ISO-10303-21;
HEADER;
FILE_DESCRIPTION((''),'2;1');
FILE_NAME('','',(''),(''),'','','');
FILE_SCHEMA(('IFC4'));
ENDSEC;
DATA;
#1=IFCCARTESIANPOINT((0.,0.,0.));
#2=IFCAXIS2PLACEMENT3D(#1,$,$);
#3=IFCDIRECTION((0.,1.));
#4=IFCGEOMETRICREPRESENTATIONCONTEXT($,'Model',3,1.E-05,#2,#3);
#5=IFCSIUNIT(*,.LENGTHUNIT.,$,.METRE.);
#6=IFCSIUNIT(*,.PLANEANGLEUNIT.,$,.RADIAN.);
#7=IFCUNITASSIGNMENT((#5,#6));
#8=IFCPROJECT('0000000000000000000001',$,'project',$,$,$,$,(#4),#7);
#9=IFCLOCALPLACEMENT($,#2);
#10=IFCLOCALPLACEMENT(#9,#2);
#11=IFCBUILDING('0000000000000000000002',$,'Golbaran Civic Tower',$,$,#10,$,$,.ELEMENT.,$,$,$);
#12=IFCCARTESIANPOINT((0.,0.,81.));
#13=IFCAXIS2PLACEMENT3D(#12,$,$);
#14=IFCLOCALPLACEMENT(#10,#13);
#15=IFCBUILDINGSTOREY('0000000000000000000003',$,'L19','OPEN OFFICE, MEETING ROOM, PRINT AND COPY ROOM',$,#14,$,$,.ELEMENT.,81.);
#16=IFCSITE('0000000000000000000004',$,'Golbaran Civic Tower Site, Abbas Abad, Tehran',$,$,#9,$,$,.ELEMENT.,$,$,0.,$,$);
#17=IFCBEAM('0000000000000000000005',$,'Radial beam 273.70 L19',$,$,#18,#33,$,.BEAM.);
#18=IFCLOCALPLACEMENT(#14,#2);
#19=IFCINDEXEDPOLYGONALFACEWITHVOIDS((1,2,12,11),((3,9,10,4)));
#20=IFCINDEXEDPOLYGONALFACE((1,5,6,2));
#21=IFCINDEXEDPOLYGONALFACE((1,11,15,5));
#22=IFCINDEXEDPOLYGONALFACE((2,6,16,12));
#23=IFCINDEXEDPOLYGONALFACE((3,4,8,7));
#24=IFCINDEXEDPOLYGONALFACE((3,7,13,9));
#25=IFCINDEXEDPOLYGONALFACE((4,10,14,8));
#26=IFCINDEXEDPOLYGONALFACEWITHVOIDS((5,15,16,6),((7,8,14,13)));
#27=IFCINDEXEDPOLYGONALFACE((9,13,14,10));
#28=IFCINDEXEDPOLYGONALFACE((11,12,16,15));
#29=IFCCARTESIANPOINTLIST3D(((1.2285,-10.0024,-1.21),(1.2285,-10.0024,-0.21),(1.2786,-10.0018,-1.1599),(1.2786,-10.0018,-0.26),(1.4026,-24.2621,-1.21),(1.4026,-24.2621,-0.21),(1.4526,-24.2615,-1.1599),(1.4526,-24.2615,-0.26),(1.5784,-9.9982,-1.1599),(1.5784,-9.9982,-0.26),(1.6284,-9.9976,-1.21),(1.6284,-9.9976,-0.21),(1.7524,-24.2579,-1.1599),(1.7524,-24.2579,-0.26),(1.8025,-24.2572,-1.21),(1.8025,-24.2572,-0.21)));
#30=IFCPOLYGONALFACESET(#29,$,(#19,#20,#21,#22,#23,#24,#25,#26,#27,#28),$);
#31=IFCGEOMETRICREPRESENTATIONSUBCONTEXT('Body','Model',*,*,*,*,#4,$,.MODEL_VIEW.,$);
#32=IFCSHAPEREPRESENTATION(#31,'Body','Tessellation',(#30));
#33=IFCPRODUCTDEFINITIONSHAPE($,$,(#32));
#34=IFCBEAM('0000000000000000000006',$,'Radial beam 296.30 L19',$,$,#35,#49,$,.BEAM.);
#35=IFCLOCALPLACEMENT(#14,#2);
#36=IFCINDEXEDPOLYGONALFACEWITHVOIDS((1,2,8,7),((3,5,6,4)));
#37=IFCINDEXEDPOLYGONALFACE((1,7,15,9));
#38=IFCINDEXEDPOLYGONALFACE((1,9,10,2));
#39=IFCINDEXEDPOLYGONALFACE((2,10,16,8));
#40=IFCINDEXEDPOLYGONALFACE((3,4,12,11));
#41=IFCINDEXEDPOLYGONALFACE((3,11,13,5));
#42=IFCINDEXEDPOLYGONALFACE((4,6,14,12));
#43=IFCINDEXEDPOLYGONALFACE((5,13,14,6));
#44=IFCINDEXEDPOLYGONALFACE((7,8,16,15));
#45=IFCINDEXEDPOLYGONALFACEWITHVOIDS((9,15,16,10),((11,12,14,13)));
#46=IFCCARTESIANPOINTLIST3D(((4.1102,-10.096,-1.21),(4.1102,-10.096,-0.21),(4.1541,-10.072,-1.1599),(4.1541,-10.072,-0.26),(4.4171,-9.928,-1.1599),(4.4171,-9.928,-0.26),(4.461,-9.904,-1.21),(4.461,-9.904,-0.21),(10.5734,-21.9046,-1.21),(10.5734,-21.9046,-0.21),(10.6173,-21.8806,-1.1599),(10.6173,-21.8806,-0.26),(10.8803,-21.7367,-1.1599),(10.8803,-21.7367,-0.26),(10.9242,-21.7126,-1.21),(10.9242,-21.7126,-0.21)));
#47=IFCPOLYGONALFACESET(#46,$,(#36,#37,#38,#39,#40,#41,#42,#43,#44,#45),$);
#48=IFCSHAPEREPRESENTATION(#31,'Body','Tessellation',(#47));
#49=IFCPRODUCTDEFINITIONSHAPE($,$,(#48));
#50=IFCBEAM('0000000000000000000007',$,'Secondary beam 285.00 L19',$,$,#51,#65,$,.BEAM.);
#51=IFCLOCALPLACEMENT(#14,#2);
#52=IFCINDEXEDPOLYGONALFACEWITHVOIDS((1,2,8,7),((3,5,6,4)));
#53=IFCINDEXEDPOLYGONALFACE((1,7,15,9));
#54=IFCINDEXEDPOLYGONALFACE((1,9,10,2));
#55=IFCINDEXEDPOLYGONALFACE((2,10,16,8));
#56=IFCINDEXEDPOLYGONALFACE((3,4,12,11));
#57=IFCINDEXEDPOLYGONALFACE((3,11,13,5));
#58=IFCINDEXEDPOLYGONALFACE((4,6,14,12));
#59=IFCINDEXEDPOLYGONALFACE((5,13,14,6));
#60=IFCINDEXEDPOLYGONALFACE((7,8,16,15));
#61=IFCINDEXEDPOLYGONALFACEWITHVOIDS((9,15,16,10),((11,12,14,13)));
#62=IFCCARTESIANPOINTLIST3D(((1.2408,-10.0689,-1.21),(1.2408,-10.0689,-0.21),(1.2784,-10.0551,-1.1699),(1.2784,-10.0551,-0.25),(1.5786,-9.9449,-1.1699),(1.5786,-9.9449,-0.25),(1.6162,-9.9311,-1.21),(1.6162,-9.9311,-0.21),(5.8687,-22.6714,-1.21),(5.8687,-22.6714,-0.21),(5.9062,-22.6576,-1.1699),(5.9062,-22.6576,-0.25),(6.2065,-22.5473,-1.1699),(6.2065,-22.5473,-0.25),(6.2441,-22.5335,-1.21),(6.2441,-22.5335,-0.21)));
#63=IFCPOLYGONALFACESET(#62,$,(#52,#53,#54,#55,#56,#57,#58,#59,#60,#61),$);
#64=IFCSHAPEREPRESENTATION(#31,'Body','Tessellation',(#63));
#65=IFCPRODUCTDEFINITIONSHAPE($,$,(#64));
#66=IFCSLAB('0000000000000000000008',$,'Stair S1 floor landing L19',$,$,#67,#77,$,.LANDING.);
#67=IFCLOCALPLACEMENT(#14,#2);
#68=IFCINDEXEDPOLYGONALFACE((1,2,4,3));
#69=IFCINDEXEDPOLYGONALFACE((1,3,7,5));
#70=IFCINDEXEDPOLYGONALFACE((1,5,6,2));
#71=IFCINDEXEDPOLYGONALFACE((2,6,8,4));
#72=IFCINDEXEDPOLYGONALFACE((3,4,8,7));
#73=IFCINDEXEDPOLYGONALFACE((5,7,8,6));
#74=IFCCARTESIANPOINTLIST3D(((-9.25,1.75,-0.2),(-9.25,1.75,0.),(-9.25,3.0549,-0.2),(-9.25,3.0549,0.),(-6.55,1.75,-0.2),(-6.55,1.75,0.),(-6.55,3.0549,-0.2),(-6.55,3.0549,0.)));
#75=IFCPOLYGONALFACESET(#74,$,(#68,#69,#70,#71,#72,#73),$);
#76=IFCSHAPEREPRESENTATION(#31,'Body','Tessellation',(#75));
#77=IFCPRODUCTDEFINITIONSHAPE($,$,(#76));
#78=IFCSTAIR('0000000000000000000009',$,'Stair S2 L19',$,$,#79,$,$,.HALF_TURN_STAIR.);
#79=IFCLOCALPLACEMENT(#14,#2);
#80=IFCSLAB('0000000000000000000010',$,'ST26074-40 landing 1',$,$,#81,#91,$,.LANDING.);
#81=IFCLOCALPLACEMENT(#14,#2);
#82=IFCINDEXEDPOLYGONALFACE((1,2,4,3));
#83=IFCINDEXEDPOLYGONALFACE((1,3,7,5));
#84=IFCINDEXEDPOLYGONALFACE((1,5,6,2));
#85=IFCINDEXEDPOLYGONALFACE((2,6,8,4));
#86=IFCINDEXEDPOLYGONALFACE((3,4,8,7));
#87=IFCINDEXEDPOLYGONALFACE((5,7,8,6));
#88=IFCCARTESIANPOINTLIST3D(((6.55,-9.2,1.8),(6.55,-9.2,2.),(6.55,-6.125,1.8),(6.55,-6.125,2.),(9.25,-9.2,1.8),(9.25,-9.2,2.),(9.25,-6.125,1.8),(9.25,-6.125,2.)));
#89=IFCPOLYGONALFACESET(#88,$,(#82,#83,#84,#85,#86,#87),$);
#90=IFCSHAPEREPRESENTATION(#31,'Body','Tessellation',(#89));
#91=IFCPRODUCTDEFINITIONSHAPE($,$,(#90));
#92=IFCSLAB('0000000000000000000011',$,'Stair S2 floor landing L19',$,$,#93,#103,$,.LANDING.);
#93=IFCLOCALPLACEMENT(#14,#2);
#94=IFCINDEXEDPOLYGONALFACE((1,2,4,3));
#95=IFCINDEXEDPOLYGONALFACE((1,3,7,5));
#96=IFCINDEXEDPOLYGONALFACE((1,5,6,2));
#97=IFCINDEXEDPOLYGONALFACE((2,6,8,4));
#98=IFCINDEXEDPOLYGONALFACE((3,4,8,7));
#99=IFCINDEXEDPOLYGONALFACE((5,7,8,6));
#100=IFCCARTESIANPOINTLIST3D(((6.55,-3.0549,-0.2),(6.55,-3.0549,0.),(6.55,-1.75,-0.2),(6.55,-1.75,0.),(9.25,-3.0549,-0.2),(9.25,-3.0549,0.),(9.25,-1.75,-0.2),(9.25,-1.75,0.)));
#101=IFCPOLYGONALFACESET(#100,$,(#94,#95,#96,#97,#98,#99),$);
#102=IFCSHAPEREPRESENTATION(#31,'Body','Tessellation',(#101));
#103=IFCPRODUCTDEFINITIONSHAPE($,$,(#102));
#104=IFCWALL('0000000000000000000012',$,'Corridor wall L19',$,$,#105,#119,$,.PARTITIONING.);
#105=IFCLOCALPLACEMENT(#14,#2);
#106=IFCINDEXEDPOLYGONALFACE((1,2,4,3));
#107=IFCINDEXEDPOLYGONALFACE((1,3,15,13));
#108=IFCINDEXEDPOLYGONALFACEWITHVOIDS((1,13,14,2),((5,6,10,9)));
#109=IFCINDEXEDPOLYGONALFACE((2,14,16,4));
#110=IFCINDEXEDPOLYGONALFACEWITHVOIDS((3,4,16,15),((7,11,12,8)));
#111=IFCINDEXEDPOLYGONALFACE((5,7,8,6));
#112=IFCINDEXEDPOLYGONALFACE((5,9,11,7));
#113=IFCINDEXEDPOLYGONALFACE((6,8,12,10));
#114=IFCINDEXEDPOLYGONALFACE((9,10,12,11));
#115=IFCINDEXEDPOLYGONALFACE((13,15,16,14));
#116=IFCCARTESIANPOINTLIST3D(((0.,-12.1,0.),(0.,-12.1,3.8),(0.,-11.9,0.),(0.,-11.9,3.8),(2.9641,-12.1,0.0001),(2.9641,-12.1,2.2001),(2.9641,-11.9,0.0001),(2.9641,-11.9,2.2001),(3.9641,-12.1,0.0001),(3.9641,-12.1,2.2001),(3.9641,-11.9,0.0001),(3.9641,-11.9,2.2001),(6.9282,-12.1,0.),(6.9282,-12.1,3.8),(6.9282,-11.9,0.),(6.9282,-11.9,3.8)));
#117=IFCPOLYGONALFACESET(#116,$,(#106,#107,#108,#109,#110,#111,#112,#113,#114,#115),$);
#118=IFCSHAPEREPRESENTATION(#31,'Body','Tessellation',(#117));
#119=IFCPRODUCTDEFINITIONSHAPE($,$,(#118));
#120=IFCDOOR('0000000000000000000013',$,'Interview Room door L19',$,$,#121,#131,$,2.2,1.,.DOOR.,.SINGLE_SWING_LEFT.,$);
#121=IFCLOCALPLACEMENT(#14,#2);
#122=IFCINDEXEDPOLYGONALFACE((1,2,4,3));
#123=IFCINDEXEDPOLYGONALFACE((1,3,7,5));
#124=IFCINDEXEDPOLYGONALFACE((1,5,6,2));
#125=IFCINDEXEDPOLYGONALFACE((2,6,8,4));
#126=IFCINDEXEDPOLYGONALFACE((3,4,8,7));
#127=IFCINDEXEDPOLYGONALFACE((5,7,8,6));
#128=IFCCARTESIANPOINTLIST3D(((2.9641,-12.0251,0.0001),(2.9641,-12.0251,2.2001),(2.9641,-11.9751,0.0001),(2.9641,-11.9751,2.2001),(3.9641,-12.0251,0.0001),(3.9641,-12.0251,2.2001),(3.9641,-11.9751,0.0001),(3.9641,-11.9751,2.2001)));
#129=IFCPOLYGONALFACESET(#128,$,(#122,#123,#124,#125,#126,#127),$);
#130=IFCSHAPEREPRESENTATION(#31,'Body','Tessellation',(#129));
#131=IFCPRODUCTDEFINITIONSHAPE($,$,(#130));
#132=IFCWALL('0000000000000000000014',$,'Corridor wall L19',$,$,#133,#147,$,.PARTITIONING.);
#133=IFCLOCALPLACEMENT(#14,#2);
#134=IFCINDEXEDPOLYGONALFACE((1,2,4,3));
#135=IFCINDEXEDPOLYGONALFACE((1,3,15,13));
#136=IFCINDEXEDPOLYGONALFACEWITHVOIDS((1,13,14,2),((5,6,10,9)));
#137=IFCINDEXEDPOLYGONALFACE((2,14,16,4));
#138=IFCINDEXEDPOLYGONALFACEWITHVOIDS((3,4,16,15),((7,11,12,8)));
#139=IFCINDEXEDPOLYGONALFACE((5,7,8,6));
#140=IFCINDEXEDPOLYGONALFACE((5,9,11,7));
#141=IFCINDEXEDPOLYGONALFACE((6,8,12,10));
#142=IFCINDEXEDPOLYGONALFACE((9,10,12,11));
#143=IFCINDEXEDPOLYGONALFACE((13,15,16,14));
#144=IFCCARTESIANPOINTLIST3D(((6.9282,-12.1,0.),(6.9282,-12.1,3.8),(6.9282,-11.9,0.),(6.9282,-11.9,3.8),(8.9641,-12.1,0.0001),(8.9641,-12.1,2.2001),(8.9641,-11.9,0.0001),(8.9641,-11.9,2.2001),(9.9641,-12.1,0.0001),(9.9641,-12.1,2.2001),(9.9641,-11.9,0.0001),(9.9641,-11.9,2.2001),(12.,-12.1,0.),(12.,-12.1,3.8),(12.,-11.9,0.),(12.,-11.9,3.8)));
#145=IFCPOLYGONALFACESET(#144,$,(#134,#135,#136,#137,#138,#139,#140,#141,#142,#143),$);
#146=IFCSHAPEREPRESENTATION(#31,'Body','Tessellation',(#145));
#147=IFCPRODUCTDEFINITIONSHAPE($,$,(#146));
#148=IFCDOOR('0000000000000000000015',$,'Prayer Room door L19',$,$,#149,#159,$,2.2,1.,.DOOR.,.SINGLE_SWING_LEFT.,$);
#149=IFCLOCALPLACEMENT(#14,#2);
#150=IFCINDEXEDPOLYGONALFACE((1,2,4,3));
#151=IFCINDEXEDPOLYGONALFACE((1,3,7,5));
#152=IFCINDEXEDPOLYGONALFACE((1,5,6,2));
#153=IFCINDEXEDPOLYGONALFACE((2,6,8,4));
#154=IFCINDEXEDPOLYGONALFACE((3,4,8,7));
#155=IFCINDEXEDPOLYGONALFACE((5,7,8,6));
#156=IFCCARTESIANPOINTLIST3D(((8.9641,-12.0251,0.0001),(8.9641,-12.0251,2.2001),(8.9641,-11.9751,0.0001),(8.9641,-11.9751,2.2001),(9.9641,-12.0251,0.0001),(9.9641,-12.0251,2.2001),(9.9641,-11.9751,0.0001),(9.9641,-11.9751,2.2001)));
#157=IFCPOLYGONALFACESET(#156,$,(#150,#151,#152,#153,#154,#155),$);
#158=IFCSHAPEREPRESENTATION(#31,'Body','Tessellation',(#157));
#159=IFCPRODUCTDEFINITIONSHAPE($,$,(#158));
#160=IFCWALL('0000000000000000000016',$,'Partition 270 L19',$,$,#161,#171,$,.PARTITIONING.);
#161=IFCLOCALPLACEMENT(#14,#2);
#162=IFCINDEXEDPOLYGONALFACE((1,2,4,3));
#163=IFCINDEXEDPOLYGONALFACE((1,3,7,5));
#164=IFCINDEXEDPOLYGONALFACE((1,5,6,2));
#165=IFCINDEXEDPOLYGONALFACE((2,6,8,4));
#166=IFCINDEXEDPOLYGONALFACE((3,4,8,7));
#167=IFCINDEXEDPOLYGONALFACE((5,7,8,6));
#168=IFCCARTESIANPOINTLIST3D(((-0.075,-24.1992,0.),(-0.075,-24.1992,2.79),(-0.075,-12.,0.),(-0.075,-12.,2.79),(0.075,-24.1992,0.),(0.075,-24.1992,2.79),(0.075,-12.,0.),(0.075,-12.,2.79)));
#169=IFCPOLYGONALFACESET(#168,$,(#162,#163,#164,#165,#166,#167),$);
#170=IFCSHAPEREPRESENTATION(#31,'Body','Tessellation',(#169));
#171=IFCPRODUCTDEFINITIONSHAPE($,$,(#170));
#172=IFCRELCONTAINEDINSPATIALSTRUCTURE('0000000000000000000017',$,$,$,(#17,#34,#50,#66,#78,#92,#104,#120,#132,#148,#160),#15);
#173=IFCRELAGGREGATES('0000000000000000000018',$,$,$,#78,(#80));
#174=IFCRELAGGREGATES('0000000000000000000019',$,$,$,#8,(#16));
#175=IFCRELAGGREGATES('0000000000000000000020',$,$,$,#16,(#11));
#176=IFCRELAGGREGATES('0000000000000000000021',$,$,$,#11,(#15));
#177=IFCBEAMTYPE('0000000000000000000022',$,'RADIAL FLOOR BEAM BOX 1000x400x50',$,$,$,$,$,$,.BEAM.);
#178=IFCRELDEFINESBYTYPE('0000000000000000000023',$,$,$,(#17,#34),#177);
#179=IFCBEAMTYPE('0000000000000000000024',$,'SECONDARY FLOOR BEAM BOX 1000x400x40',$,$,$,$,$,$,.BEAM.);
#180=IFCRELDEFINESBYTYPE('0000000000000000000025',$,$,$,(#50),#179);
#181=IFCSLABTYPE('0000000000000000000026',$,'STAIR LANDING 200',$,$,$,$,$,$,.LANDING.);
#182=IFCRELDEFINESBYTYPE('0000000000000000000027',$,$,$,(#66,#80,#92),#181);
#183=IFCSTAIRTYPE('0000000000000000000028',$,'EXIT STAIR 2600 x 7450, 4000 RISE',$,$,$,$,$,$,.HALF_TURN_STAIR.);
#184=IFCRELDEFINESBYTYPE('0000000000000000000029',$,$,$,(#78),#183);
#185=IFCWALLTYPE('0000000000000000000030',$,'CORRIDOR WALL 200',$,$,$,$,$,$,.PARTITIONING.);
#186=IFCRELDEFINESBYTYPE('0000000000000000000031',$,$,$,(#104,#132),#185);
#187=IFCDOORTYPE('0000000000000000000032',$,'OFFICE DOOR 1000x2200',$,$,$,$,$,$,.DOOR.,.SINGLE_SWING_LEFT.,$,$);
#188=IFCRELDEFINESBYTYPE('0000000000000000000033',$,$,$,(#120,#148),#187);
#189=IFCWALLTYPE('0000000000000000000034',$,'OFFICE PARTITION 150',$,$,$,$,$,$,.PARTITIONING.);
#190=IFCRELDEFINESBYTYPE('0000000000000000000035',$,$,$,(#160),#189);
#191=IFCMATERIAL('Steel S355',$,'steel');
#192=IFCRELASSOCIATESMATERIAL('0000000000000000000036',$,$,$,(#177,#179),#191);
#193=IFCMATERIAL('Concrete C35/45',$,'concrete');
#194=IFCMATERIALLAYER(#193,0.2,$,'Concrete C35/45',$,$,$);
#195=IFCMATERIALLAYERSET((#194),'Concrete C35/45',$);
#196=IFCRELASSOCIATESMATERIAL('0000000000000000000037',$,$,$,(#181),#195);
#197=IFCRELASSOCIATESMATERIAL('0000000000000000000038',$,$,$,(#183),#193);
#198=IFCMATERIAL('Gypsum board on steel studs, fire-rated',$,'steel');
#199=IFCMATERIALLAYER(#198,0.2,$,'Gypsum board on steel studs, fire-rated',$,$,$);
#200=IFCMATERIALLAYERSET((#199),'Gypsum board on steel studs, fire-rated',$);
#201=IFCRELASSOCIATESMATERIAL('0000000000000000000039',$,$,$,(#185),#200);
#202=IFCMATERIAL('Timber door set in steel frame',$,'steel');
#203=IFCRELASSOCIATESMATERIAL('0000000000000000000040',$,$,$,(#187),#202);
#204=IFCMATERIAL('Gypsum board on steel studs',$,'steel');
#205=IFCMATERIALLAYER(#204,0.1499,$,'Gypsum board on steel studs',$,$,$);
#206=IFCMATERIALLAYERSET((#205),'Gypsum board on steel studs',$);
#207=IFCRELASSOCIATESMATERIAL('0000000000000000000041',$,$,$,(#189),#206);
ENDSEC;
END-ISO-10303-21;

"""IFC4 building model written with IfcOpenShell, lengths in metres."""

from ifc_helpers import new_model, si_unit, direction, frame, frame_2d, origin, origin_2d, place, context, subcontext, project, spatial, polyline, rectangle, hollow_rectangle, outline, extrude, material, layer, layer_set, material_profile, profile_set, type_object, element, fill, aggregate, save


model = new_model("IFC4")

# Units and contexts
model_context = context("Model", 3, precision=1e-05, world=origin(), true_north=direction((0.0, 1.0)))
body_context = subcontext(model_context, "Body", "Model", "MODEL_VIEW")
ifc_project = project(units=[si_unit("LENGTHUNIT", "METRE"), si_unit("PLANEANGLEUNIT", "RADIAN")], contexts=[model_context])

# Site, building, storey
site_placement = place(None, origin())
site = spatial("IfcSite", under=ifc_project, at=site_placement, Name="Golbaran Civic Tower Site, Abbas Abad, Tehran", CompositionType="ELEMENT", RefElevation=0.0)
building_placement = place(site_placement, origin())
building = spatial("IfcBuilding", under=site, at=building_placement, Name="Golbaran Civic Tower", CompositionType="ELEMENT")
storey_placement = place(building_placement, frame((0.0, 0.0, 81.0)))
storey = spatial("IfcBuildingStorey", under=building, at=storey_placement, Name="L19", Description="OPEN OFFICE, MEETING ROOM, PRINT AND COPY ROOM", CompositionType="ELEMENT", Elevation=81.0)

# Beams
ifc_material_1 = material(Name="Steel S355", Category="steel")
ifc_material_profile_1 = material_profile(ifc_material_1, hollow_rectangle(XDim=0.3999, YDim=1.0, WallThickness=0.05, at=origin_2d()), Name="BOX 1000x400x50")
ifc_profile_set_1 = profile_set([ifc_material_profile_1], Name="Steel S355")
beam_type_1 = type_object("IfcBeamType", Name="RADIAL FLOOR BEAM BOX 1000x400x50", PredefinedType="BEAM", material=ifc_profile_set_1)
beam_1_placement = place(storey_placement, frame((1.4285, -10.0, -0.71), z_axis=(0.012206, -0.999926, 0.0), x_axis=(0.999926, 0.012206, 0.0)))
element("IfcBeam", 1, at=beam_1_placement, inside=storey, type_object=beam_type_1, Name="Radial beam 273.70 L19", PredefinedType="BEAM", context=body_context, shape_type="SweptSolid", body=[
    extrude(hollow_rectangle(XDim=0.3999, YDim=1.0, WallThickness=0.05, at=origin_2d()), origin(), (0.0, 0.0, 1.0), 14.2607),
])
beam_2_placement = place(storey_placement, frame((4.2856, -10.0, -0.71), z_axis=(0.480116, -0.877205, 0.0), x_axis=(0.877205, 0.480116, 0.0)))
element("IfcBeam", 2, at=beam_2_placement, inside=storey, type_object=beam_type_1, Name="Radial beam 296.30 L19", PredefinedType="BEAM", context=body_context, shape_type="SweptSolid", body=[
    extrude(hollow_rectangle(XDim=0.3999, YDim=1.0, WallThickness=0.05, at=origin_2d()), origin(), (0.0, 0.0, 1.0), 13.4617),
])
ifc_material_profile_2 = material_profile(ifc_material_1, hollow_rectangle(XDim=0.3999, YDim=1.0, WallThickness=0.04, at=origin_2d()), Name="BOX 1000x400x40")
ifc_profile_set_2 = profile_set([ifc_material_profile_2], Name="Steel S355")
beam_type_2 = type_object("IfcBeamType", Name="SECONDARY FLOOR BEAM BOX 1000x400x40", PredefinedType="BEAM", material=ifc_profile_set_2)
beam_3_placement = place(storey_placement, frame((1.4285, -10.0, -0.71), z_axis=(0.344714, -0.938708, 0.0), x_axis=(0.938708, 0.344714, 0.0)))
element("IfcBeam", 3, at=beam_3_placement, inside=storey, type_object=beam_type_2, Name="Secondary beam 285.00 L19", PredefinedType="BEAM", context=body_context, shape_type="SweptSolid", body=[
    extrude(hollow_rectangle(XDim=0.3999, YDim=1.0, WallThickness=0.04, at=origin_2d()), origin(), (0.0, 0.0, 1.0), 13.4253),
])

# Slab
ifc_material_2 = material(Name="Concrete C35/45", Category="concrete")
ifc_layer_1 = layer(ifc_material_2, 0.2, Name="Concrete C35/45")
ifc_layer_set_1 = layer_set([ifc_layer_1], Name="Concrete C35/45")
slab_type = type_object("IfcSlabType", Name="STAIR LANDING 200", PredefinedType="LANDING", material=ifc_layer_set_1)
slab_1_placement = place(storey_placement, frame((0.0, 0.0, -0.2)))
element("IfcSlab", 4, at=slab_1_placement, inside=storey, type_object=slab_type, Name="Stair S1 floor landing L19", PredefinedType="LANDING", context=body_context, shape_type="SweptSolid", body=[
    extrude(outline(polyline([(-9.25, 1.75), (-9.25, 3.0549), (-6.55, 3.0549), (-6.55, 1.75), (-9.25, 1.75)])), origin(), (0.0, 0.0, 1.0), 0.2),
])

# Stair, slab
stair_type = type_object("IfcStairType", Name="EXIT STAIR 2600 x 7450, 4000 RISE", PredefinedType="HALF_TURN_STAIR", material=ifc_material_2)
stair_placement = place(storey_placement, origin())
stair = element("IfcStair", 5, at=stair_placement, inside=storey, type_object=stair_type, Name="Stair S2 L19", PredefinedType="HALF_TURN_STAIR")
slab_2_placement = place(storey_placement, frame((0.0, 0.0, 1.8)))
slab_2 = element("IfcSlab", 6, at=slab_2_placement, type_object=slab_type, Name="ST26074-40 landing 1", PredefinedType="LANDING", context=body_context, shape_type="SweptSolid", body=[
    extrude(outline(polyline([(9.25, -6.125), (9.25, -9.2), (6.55, -9.2), (6.55, -6.125), (9.25, -6.125)])), origin(), (0.0, 0.0, 1.0), 0.2),
])
aggregate(stair, [slab_2])

# Slab
slab_3_placement = place(storey_placement, frame((0.0, 0.0, -0.2)))
element("IfcSlab", 7, at=slab_3_placement, inside=storey, type_object=slab_type, Name="Stair S2 floor landing L19", PredefinedType="LANDING", context=body_context, shape_type="SweptSolid", body=[
    extrude(outline(polyline([(9.25, -1.75), (9.25, -3.0549), (6.55, -3.0549), (6.55, -1.75), (9.25, -1.75)])), origin(), (0.0, 0.0, 1.0), 0.2),
])

# Walls, openings, doors
ifc_material_3 = material(Name="Gypsum board on steel studs, fire-rated", Category="steel")
ifc_layer_2 = layer(ifc_material_3, 0.2, Name="Gypsum board on steel studs, fire-rated")
ifc_layer_set_2 = layer_set([ifc_layer_2], Name="Gypsum board on steel studs, fire-rated")
wall_type_1 = type_object("IfcWallType", Name="CORRIDOR WALL 200", PredefinedType="PARTITIONING", material=ifc_layer_set_2)
wall_1_placement = place(storey_placement, frame((0.0, -12.0, 0.0), z_axis=(0.0, 0.0, 1.0), x_axis=(1.0, 0.0, 0.0)))
wall_1 = element("IfcWall", 8, at=wall_1_placement, inside=storey, type_object=wall_type_1, Name="Corridor wall L19", PredefinedType="PARTITIONING", context=body_context, shape_type="SweptSolid", body=[
    extrude(rectangle(XDim=6.9282, YDim=0.2, at=frame_2d((3.4641, 0.0))), origin(), (0.0, 0.0, 1.0), 3.8),
])
opening_1_placement = place(wall_1_placement, frame((2.9641, 0.0, 0.0)))
opening_1 = element("IfcOpeningElement", 9, at=opening_1_placement, cuts=wall_1, PredefinedType="OPENING", context=body_context, shape_type="SweptSolid", body=[
    extrude(rectangle(XDim=1.0, YDim=2.2, at=frame_2d((0.5, 1.1001))), frame((0.0, 0.1099, 0.0), z_axis=(0.0, -1.0, 0.0), x_axis=(1.0, 0.0, 0.0)), (0.0, 0.0, 1.0), 0.22),
])
ifc_material_4 = material(Name="Timber door set in steel frame", Category="steel")
door_type_1 = type_object("IfcDoorType", Name="OFFICE DOOR 1000x2200", OperationType="SINGLE_SWING_LEFT", PredefinedType="DOOR", material=ifc_material_4)
door_1_placement = place(opening_1_placement, origin())
door_1 = element("IfcDoor", 10, at=door_1_placement, inside=storey, type_object=door_type_1, Name="Interview Room door L19", OperationType="SINGLE_SWING_LEFT", OverallHeight=2.2, OverallWidth=1.0, PredefinedType="DOOR", context=body_context, shape_type="SweptSolid", body=[
    extrude(rectangle(XDim=1.0, YDim=2.2, at=frame_2d((0.5, 1.1001))), frame((0.0, 0.0249, 0.0), z_axis=(0.0, -1.0, 0.0), x_axis=(1.0, 0.0, 0.0)), (0.0, 0.0, 1.0), 0.05),
])
fill(opening_1, door_1)
wall_2_placement = place(storey_placement, frame((6.9282, -12.0, 0.0), z_axis=(0.0, 0.0, 1.0), x_axis=(1.0, 0.0, 0.0)))
wall_2 = element("IfcWall", 11, at=wall_2_placement, inside=storey, type_object=wall_type_1, Name="Corridor wall L19", PredefinedType="PARTITIONING", context=body_context, shape_type="SweptSolid", body=[
    extrude(rectangle(XDim=5.0718, YDim=0.2, at=frame_2d((2.5359, 0.0))), origin(), (0.0, 0.0, 1.0), 3.8),
])
opening_2_placement = place(wall_2_placement, frame((2.0359, 0.0, 0.0)))
opening_2 = element("IfcOpeningElement", 12, at=opening_2_placement, cuts=wall_2, PredefinedType="OPENING", context=body_context, shape_type="SweptSolid", body=[
    extrude(rectangle(XDim=1.0, YDim=2.2, at=frame_2d((0.5, 1.1001))), frame((0.0, 0.1099, 0.0), z_axis=(0.0, -1.0, 0.0), x_axis=(1.0, 0.0, 0.0)), (0.0, 0.0, 1.0), 0.22),
])
door_2_placement = place(opening_2_placement, origin())
door_2 = element("IfcDoor", 13, at=door_2_placement, inside=storey, type_object=door_type_1, Name="Prayer Room door L19", OperationType="SINGLE_SWING_LEFT", OverallHeight=2.2, OverallWidth=1.0, PredefinedType="DOOR", context=body_context, shape_type="SweptSolid", body=[
    extrude(rectangle(XDim=1.0, YDim=2.2, at=frame_2d((0.5, 1.1001))), frame((0.0, 0.0249, 0.0), z_axis=(0.0, -1.0, 0.0), x_axis=(1.0, 0.0, 0.0)), (0.0, 0.0, 1.0), 0.05),
])
fill(opening_2, door_2)

# Wall
ifc_material_5 = material(Name="Gypsum board on steel studs", Category="steel")
ifc_layer_3 = layer(ifc_material_5, 0.1499, Name="Gypsum board on steel studs")
ifc_layer_set_3 = layer_set([ifc_layer_3], Name="Gypsum board on steel studs")
wall_type_2 = type_object("IfcWallType", Name="OFFICE PARTITION 150", PredefinedType="PARTITIONING", material=ifc_layer_set_3)
wall_3_placement = place(storey_placement, frame((0.0, -12.0, 0.0), z_axis=(0.0, 0.0, 1.0), x_axis=(0.0, -1.0, 0.0)))
element("IfcWall", 14, at=wall_3_placement, inside=storey, type_object=wall_type_2, Name="Partition 270 L19", PredefinedType="PARTITIONING", context=body_context, shape_type="SweptSolid", body=[
    extrude(rectangle(XDim=12.1992, YDim=0.1499, at=frame_2d((6.0996, 0.0))), origin(), (0.0, 0.0, 1.0), 2.79),
])

save(model, "model.ifc")
